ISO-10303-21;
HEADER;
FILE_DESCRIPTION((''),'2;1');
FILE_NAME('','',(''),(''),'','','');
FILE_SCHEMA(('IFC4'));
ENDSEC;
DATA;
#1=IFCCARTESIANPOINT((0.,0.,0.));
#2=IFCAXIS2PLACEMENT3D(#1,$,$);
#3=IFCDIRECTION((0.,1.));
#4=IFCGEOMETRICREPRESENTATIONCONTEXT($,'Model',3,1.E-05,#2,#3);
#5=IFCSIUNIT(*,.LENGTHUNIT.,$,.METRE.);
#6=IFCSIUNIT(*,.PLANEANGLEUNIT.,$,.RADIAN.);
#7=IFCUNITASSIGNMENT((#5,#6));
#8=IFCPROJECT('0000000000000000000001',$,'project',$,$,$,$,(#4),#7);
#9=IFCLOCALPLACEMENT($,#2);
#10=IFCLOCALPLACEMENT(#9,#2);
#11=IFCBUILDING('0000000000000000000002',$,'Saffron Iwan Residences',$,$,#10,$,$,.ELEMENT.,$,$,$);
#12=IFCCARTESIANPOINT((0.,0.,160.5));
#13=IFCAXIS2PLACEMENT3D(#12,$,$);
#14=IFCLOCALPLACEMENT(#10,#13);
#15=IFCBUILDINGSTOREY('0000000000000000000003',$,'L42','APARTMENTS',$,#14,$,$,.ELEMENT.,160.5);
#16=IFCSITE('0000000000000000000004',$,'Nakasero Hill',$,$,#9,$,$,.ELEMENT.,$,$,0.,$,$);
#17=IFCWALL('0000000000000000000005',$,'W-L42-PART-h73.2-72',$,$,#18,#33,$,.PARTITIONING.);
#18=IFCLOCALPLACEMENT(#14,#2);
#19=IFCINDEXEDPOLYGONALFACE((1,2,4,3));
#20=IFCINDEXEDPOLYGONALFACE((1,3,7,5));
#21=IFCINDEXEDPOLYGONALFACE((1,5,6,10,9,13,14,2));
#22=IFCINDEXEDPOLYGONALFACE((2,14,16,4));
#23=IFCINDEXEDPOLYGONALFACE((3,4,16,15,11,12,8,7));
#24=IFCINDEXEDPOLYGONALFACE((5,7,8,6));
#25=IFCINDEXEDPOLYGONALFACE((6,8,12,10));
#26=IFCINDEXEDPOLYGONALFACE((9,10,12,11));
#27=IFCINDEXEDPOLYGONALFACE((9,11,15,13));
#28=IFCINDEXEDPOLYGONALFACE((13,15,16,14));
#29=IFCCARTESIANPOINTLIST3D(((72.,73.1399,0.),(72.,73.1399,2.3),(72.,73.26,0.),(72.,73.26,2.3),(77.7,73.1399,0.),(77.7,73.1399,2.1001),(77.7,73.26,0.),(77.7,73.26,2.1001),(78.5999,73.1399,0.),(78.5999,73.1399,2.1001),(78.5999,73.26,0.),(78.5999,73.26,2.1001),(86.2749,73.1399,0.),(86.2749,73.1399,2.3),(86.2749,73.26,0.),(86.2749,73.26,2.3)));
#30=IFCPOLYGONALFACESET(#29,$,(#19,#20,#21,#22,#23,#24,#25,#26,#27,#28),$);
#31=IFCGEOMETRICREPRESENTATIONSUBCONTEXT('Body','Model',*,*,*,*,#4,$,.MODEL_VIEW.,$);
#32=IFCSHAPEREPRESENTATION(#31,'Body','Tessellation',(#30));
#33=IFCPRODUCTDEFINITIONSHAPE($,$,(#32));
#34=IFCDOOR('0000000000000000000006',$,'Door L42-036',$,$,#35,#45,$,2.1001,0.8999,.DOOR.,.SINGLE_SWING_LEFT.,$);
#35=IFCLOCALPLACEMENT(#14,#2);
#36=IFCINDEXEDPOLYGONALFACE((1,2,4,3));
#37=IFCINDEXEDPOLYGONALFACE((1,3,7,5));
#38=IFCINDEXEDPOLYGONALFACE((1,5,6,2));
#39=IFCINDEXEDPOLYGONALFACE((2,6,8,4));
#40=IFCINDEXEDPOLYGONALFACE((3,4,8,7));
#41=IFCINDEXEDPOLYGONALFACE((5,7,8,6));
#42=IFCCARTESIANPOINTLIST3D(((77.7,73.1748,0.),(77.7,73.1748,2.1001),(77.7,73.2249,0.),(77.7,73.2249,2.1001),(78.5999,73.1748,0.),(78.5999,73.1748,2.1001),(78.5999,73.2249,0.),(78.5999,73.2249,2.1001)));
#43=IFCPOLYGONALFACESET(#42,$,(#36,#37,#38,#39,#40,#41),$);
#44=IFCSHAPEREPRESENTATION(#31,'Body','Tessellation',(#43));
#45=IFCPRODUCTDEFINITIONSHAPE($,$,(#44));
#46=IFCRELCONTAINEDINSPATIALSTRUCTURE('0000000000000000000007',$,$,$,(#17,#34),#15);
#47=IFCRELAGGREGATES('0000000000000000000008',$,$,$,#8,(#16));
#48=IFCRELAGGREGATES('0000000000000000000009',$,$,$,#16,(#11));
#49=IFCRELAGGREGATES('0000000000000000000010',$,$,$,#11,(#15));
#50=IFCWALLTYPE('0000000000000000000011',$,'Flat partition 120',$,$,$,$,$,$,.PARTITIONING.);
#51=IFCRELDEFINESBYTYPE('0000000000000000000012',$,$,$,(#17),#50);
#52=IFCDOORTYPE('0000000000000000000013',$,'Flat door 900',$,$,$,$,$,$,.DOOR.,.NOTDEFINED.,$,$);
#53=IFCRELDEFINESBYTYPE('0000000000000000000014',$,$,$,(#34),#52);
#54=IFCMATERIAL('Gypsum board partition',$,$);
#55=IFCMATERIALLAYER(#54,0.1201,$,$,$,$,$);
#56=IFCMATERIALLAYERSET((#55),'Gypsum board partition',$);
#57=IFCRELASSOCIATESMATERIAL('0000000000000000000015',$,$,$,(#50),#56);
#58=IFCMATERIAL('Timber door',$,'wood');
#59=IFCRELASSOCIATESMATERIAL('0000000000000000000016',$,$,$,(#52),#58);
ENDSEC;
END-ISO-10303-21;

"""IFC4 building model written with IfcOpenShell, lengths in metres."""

from ifc_helpers import new_model, si_unit, direction, frame, frame_2d, origin, place, context, subcontext, project, spatial, rectangle, extrude, material, layer, layer_set, type_object, element, fill, save


model = new_model("IFC4")

# Units and contexts
model_context = context("Model", 3, precision=1e-05, world=origin(), true_north=direction((0.0, 1.0)))
body_context = subcontext(model_context, "Body", "Model", "MODEL_VIEW")
ifc_project = project(units=[si_unit("LENGTHUNIT", "METRE"), si_unit("PLANEANGLEUNIT", "RADIAN")], contexts=[model_context])

# Site, building, storey
site_placement = place(None, origin())
site = spatial("IfcSite", under=ifc_project, at=site_placement, Name="Nakasero Hill", CompositionType="ELEMENT", RefElevation=0.0)
building_placement = place(site_placement, origin())
building = spatial("IfcBuilding", under=site, at=building_placement, Name="Saffron Iwan Residences", CompositionType="ELEMENT")
storey_placement = place(building_placement, frame((0.0, 0.0, 160.5)))
storey = spatial("IfcBuildingStorey", under=building, at=storey_placement, Name="L42", Description="APARTMENTS", CompositionType="ELEMENT", Elevation=160.5)

# Wall, opening, door
ifc_material_1 = material(Name="Gypsum board partition")
ifc_layer_1 = layer(ifc_material_1, 0.1201)
ifc_layer_set_1 = layer_set([ifc_layer_1], Name="Gypsum board partition")
wall_type_1 = type_object("IfcWallType", Name="Flat partition 120", PredefinedType="PARTITIONING", material=ifc_layer_set_1)
wall_1_placement = place(storey_placement, frame((72.0, 73.2, 0.0), z_axis=(0.0, 0.0, 1.0), x_axis=(1.0, 0.0, 0.0)))
wall_1 = element("IfcWall", 1, at=wall_1_placement, inside=storey, type_object=wall_type_1, Name="W-L42-PART-h73.2-72", PredefinedType="PARTITIONING", context=body_context, shape_type="SweptSolid", body=[
    extrude(rectangle(XDim=14.2749, YDim=0.1201, at=frame_2d((7.1375, 0.0))), origin(), (0.0, 0.0, 1.0), 2.3),
])
opening_1_placement = place(wall_1_placement, frame((5.7, 0.0, 0.0)))
opening_1 = element("IfcOpeningElement", 2, at=opening_1_placement, cuts=wall_1, PredefinedType="OPENING", context=body_context, shape_type="SweptSolid", body=[
    extrude(rectangle(XDim=0.8999, YDim=2.1001, at=frame_2d((0.45, 1.05))), frame((0.0, 0.0701, 0.0), z_axis=(0.0, -1.0, 0.0), x_axis=(1.0, 0.0, 0.0)), (0.0, 0.0, 1.0), 0.1401),
])
ifc_material_2 = material(Name="Timber door", Category="wood")
door_type_1 = type_object("IfcDoorType", Name="Flat door 900", OperationType="NOTDEFINED", PredefinedType="DOOR", material=ifc_material_2)
door_1_placement = place(opening_1_placement, origin())
door_1 = element("IfcDoor", 3, at=door_1_placement, inside=storey, type_object=door_type_1, Name="Door L42-036", OperationType="SINGLE_SWING_LEFT", OverallHeight=2.1001, OverallWidth=0.8999, PredefinedType="DOOR", context=body_context, shape_type="SweptSolid", body=[
    extrude(rectangle(XDim=0.8999, YDim=2.1001, at=frame_2d((0.45, 1.05))), frame((0.0, 0.0249, 0.0), z_axis=(0.0, -1.0, 0.0), x_axis=(1.0, 0.0, 0.0)), (0.0, 0.0, 1.0), 0.05),
])
fill(opening_1, door_1)

save(model, "model.ifc")
